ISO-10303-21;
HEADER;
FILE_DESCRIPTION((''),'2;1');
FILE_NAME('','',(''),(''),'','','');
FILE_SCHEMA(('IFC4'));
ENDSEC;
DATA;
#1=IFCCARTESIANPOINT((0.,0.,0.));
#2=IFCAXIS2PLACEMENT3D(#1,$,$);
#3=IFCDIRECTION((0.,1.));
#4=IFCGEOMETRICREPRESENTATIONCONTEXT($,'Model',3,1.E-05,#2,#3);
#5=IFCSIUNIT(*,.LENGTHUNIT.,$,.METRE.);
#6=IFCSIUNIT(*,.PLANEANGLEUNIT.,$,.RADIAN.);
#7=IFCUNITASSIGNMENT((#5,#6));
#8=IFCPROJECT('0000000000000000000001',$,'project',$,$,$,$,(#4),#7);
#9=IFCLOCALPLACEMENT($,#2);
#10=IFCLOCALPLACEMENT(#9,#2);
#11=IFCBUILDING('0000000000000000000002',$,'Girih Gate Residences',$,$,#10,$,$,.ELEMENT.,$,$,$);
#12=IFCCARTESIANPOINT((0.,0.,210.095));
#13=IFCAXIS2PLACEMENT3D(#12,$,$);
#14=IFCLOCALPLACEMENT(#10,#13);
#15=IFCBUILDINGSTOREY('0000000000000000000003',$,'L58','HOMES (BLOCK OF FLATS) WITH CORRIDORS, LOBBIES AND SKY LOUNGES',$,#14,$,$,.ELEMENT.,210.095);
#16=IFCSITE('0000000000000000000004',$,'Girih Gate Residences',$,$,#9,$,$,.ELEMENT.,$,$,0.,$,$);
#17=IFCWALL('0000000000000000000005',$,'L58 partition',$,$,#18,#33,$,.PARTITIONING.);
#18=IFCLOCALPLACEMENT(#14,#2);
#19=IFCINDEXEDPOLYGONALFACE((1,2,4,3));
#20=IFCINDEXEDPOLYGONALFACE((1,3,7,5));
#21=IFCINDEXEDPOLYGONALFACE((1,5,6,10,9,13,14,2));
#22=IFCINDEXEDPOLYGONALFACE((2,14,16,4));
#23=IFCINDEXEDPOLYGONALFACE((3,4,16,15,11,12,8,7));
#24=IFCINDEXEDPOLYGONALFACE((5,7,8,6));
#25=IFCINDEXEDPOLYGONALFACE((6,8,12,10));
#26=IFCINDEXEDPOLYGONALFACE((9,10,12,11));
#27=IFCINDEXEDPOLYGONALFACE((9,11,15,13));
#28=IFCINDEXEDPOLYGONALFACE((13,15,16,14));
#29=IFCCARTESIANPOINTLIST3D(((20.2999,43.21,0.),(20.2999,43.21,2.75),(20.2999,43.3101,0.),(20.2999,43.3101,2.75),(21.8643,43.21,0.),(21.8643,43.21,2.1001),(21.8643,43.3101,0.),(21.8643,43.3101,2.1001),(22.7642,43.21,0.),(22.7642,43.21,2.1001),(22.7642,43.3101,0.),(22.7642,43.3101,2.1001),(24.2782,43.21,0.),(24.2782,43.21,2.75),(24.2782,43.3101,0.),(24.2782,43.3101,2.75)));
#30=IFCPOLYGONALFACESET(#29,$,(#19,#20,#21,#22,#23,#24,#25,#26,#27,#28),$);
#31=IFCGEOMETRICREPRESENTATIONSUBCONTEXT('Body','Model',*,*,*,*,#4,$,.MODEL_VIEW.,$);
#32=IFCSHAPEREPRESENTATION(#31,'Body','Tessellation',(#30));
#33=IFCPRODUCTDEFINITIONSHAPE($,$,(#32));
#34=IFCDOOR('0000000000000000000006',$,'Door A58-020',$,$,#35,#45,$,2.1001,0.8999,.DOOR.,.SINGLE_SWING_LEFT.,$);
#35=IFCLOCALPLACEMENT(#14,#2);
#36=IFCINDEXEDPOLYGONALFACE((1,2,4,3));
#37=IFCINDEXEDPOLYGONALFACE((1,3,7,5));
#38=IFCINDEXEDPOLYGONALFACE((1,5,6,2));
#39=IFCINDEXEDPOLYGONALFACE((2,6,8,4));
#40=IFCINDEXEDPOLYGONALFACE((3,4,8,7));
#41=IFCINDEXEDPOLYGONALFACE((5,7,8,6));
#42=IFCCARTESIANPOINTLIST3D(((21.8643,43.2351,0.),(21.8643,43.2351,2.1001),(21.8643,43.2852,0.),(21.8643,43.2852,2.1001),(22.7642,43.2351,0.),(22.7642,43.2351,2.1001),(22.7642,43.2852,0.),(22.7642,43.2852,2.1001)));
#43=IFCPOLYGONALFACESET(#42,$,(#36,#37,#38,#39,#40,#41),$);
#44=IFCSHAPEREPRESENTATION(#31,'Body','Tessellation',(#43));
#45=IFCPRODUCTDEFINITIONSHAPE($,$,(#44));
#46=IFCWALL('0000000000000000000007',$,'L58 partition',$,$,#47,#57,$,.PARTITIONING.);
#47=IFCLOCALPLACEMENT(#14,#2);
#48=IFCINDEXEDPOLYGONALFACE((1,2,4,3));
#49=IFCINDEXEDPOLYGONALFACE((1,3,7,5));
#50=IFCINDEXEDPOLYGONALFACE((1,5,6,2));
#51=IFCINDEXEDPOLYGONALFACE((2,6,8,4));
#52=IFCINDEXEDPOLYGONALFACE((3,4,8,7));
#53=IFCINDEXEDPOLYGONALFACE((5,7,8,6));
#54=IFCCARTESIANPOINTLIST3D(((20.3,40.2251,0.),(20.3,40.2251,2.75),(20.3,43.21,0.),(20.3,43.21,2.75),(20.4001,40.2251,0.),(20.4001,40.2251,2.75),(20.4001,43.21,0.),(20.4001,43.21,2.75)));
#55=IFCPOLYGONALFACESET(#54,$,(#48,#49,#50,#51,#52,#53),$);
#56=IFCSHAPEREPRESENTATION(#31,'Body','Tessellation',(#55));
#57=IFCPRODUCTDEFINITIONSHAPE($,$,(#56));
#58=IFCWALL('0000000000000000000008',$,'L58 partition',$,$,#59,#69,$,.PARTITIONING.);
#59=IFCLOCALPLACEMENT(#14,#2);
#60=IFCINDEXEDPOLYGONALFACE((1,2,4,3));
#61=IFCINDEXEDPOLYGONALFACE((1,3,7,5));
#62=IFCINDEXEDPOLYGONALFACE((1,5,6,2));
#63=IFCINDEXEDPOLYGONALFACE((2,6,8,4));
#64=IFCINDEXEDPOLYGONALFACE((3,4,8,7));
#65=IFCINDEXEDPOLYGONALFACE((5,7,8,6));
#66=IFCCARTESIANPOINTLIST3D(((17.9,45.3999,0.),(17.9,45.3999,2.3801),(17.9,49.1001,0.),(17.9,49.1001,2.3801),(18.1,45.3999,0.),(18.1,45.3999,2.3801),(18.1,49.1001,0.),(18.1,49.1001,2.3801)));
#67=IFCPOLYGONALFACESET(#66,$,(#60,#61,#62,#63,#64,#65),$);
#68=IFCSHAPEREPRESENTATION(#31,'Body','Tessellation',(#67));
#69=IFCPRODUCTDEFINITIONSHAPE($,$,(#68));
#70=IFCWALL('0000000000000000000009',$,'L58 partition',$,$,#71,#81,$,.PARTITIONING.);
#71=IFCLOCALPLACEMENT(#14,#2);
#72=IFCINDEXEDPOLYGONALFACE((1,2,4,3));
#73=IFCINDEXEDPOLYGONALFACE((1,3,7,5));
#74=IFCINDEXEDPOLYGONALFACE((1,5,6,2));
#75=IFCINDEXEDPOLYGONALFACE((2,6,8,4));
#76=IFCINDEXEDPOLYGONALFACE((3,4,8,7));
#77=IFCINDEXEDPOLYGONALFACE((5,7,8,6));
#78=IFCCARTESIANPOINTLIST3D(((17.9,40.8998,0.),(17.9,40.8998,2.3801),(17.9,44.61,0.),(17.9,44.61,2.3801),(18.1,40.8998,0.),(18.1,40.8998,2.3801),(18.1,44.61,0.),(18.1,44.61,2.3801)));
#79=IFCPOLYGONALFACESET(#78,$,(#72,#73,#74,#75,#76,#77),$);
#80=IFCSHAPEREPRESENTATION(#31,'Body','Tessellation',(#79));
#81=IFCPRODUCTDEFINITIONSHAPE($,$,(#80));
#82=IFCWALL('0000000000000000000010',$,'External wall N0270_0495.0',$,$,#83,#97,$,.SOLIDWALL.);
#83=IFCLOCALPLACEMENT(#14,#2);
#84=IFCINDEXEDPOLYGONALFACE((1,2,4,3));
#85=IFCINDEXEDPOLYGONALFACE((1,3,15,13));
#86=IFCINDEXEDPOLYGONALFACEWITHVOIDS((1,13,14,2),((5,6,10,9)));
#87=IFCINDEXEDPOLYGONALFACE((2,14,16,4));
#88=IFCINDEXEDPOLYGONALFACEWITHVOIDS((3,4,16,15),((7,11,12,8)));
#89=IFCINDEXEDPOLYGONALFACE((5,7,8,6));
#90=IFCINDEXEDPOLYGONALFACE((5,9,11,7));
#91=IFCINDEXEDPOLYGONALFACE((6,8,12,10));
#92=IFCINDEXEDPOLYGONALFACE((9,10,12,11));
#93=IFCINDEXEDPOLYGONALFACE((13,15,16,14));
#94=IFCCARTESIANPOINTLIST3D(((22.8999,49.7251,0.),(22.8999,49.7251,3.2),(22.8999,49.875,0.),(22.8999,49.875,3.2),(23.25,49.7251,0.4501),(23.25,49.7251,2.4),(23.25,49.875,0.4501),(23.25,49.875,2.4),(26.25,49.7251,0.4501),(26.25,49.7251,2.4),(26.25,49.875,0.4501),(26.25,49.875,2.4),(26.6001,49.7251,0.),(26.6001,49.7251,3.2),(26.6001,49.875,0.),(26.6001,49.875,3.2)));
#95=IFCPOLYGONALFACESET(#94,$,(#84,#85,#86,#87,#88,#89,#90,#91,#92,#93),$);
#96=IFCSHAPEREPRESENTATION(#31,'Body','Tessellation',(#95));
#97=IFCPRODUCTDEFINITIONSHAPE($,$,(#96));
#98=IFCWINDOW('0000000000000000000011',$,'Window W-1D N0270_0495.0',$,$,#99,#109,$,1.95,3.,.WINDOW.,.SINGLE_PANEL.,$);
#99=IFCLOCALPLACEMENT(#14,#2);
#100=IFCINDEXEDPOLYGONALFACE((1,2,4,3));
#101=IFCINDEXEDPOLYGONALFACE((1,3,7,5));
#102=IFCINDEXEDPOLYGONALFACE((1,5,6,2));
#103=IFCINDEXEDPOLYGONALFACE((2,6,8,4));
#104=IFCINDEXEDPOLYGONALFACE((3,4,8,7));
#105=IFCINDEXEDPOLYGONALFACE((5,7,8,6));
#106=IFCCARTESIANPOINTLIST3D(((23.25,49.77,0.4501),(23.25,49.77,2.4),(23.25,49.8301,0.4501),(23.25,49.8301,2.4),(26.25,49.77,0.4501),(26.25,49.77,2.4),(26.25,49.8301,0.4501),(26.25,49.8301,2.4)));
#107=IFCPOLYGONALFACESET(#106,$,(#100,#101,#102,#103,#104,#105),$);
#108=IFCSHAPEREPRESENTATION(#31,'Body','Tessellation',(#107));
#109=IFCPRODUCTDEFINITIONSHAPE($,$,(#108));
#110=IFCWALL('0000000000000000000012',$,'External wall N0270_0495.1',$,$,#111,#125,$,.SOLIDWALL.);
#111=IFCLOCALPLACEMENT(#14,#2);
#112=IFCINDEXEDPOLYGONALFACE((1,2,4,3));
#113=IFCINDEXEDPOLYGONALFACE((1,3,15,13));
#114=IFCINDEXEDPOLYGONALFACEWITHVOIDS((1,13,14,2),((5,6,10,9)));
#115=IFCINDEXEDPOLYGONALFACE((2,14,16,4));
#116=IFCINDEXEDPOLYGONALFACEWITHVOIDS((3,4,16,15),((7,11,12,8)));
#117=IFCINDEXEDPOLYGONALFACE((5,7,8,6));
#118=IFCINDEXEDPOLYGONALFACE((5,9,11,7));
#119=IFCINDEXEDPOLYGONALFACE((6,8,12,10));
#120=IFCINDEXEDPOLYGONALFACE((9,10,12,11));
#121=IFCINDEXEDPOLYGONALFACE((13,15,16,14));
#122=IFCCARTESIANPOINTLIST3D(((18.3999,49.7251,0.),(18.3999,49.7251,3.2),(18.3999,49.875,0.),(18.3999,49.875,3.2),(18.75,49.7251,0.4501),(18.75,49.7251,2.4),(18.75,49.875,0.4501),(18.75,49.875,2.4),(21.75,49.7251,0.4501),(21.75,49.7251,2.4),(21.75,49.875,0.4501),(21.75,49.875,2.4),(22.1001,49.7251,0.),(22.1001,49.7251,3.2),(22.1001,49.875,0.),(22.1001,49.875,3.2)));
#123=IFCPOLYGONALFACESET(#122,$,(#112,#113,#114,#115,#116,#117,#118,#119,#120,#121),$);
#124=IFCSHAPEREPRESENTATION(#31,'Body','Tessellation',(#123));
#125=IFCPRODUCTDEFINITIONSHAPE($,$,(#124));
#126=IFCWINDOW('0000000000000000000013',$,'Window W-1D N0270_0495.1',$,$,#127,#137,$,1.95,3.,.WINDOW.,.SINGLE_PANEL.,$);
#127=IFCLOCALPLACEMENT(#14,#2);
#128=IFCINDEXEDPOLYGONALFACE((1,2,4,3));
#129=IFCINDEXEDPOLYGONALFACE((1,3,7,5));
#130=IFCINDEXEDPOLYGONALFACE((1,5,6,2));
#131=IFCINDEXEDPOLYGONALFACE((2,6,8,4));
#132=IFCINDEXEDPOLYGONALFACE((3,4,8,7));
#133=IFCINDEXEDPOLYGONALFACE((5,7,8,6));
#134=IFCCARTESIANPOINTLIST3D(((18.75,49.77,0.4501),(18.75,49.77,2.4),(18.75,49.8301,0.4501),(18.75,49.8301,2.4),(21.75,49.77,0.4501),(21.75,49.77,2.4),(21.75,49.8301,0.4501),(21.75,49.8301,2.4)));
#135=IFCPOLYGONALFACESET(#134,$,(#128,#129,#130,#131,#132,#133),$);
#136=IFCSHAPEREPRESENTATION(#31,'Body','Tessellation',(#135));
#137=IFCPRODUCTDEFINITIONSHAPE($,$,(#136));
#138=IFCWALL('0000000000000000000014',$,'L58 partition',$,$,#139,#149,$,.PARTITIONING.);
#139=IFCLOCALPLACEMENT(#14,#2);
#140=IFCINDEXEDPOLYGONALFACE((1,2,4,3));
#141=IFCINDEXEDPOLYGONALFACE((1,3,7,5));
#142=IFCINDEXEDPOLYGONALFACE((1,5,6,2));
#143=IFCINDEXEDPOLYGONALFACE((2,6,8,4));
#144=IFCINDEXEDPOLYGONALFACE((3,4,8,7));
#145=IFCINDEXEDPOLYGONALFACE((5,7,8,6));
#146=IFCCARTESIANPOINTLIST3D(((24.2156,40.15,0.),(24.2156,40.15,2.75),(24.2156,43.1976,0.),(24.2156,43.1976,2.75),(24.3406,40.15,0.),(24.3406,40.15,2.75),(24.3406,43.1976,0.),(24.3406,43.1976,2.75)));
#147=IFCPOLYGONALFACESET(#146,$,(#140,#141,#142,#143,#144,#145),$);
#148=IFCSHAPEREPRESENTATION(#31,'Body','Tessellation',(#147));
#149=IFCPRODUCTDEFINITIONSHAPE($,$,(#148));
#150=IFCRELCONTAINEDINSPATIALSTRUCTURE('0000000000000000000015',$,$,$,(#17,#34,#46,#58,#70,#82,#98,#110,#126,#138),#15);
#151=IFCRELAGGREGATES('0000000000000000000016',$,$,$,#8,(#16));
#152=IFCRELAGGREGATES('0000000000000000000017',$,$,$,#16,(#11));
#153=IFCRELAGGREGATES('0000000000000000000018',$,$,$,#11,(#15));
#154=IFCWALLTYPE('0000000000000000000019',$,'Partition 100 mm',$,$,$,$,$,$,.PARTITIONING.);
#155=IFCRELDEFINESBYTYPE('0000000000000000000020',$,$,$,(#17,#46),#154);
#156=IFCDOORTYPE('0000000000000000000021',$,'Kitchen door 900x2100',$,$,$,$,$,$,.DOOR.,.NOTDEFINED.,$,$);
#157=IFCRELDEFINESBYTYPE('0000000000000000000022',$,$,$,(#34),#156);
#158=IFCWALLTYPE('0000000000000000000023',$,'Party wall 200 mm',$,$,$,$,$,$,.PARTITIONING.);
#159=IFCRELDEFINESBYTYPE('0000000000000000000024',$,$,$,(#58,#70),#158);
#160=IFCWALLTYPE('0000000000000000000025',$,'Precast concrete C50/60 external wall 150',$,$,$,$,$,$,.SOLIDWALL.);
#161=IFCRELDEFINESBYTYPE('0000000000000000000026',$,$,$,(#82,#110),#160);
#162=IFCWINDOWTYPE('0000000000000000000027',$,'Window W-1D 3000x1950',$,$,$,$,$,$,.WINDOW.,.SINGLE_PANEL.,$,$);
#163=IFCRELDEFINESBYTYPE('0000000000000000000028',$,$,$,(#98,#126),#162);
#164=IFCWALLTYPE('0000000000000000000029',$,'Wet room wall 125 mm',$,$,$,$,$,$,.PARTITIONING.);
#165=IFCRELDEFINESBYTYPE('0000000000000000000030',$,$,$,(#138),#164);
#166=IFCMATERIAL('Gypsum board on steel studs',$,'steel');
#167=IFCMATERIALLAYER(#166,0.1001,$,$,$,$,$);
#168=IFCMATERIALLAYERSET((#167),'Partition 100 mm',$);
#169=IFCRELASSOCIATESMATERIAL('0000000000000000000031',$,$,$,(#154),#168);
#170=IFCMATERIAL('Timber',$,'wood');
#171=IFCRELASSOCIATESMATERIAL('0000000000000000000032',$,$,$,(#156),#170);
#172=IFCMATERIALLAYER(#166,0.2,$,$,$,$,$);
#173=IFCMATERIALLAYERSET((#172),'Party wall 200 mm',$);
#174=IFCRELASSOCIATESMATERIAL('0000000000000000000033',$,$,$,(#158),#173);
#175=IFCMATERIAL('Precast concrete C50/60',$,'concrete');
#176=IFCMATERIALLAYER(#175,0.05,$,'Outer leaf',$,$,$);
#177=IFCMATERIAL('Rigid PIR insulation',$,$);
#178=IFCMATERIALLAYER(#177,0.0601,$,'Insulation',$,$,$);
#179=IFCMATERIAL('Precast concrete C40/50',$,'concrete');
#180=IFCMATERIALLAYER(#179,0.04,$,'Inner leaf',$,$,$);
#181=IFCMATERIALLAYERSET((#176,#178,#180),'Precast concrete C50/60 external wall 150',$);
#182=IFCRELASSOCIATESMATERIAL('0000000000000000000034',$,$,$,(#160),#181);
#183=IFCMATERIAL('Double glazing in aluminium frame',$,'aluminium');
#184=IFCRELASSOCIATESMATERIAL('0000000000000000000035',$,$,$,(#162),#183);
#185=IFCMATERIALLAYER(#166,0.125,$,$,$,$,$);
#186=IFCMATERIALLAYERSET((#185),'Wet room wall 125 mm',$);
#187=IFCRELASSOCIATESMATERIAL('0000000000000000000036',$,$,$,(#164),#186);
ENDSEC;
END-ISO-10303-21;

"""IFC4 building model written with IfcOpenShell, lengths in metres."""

from ifc_helpers import new_model, si_unit, direction, frame, frame_2d, origin, place, context, subcontext, project, spatial, rectangle, extrude, material, layer, layer_set, type_object, element, fill, save


model = new_model("IFC4")

# Units and contexts
model_context = context("Model", 3, precision=1e-05, world=origin(), true_north=direction((0.0, 1.0)))
body_context = subcontext(model_context, "Body", "Model", "MODEL_VIEW")
ifc_project = project(units=[si_unit("LENGTHUNIT", "METRE"), si_unit("PLANEANGLEUNIT", "RADIAN")], contexts=[model_context])

# Site, building, storey
site_placement = place(None, origin())
site = spatial("IfcSite", under=ifc_project, at=site_placement, Name="Girih Gate Residences", CompositionType="ELEMENT", RefElevation=0.0)
building_placement = place(site_placement, origin())
building = spatial("IfcBuilding", under=site, at=building_placement, Name="Girih Gate Residences", CompositionType="ELEMENT")
storey_placement = place(building_placement, frame((0.0, 0.0, 210.095)))
storey = spatial("IfcBuildingStorey", under=building, at=storey_placement, Name="L58", Description="HOMES (BLOCK OF FLATS) WITH CORRIDORS, LOBBIES AND SKY LOUNGES", CompositionType="ELEMENT", Elevation=210.095)

# Shared definitions
ifc_material_1 = material(Name="Gypsum board on steel studs", Category="steel")

# Shared definitions
ifc_layer_1 = layer(ifc_material_1, 0.1001)
ifc_layer_set_1 = layer_set([ifc_layer_1], Name="Partition 100 mm")
wall_type_1 = type_object("IfcWallType", Name="Partition 100 mm", PredefinedType="PARTITIONING", material=ifc_layer_set_1)

# Wall, opening, door
ifc_material_2 = material(Name="Timber", Category="wood")
wall_1_placement = place(storey_placement, frame((24.2783, 43.26, 0.0), z_axis=(0.0, 0.0, 1.0), x_axis=(-1.0, 0.0, 0.0)))
wall_1 = element("IfcWall", 1, at=wall_1_placement, inside=storey, type_object=wall_type_1, Name="L58 partition", PredefinedType="PARTITIONING", context=body_context, shape_type="SweptSolid", body=[
    extrude(rectangle(XDim=3.9783, YDim=0.1001, at=frame_2d((1.9893, 0.0))), origin(), (0.0, 0.0, 1.0), 2.75),
])
opening_1_placement = place(wall_1_placement, frame((1.5142, 0.0, 0.0)))
opening_1 = element("IfcOpeningElement", 2, at=opening_1_placement, cuts=wall_1, PredefinedType="OPENING", context=body_context, shape_type="SweptSolid", body=[
    extrude(rectangle(XDim=0.8999, YDim=2.1001, at=frame_2d((0.45, 1.05))), frame((0.0, 0.0601, 0.0), z_axis=(0.0, -1.0, 0.0), x_axis=(1.0, 0.0, 0.0)), (0.0, 0.0, 1.0), 0.1201),
])
door_type_1 = type_object("IfcDoorType", Name="Kitchen door 900x2100", OperationType="NOTDEFINED", PredefinedType="DOOR", material=ifc_material_2)
door_1_placement = place(opening_1_placement, origin())
door_1 = element("IfcDoor", 3, at=door_1_placement, inside=storey, type_object=door_type_1, Name="Door A58-020", OperationType="SINGLE_SWING_LEFT", OverallHeight=2.1001, OverallWidth=0.8999, PredefinedType="DOOR", context=body_context, shape_type="SweptSolid", body=[
    extrude(rectangle(XDim=0.8999, YDim=2.1001, at=frame_2d((0.45, 1.05))), frame((0.0, 0.0249, 0.0), z_axis=(0.0, -1.0, 0.0), x_axis=(1.0, 0.0, 0.0)), (0.0, 0.0, 1.0), 0.05),
])
fill(opening_1, door_1)

# Walls
wall_2_placement = place(storey_placement, frame((20.3501, 40.2251, 0.0), z_axis=(0.0, 0.0, 1.0), x_axis=(0.0, 1.0, 0.0)))
element("IfcWall", 4, at=wall_2_placement, inside=storey, type_object=wall_type_1, Name="L58 partition", PredefinedType="PARTITIONING", context=body_context, shape_type="SweptSolid", body=[
    extrude(rectangle(XDim=2.9849, YDim=0.1001, at=frame_2d((1.4924, 0.0))), origin(), (0.0, 0.0, 1.0), 2.75),
])
ifc_layer_2 = layer(ifc_material_1, 0.2)
ifc_layer_set_2 = layer_set([ifc_layer_2], Name="Party wall 200 mm")
wall_type_2 = type_object("IfcWallType", Name="Party wall 200 mm", PredefinedType="PARTITIONING", material=ifc_layer_set_2)
wall_3_placement = place(storey_placement, frame((18.0, 45.3999, 0.0), z_axis=(0.0, 0.0, 1.0), x_axis=(0.0, 1.0, 0.0)))
element("IfcWall", 5, at=wall_3_placement, inside=storey, type_object=wall_type_2, Name="L58 partition", PredefinedType="PARTITIONING", context=body_context, shape_type="SweptSolid", body=[
    extrude(rectangle(XDim=3.7002, YDim=0.2, at=frame_2d((1.8501, 0.0))), origin(), (0.0, 0.0, 1.0), 2.3801),
])
wall_4_placement = place(storey_placement, frame((18.0, 40.8999, 0.0), z_axis=(0.0, 0.0, 1.0), x_axis=(0.0, 1.0, 0.0)))
element("IfcWall", 6, at=wall_4_placement, inside=storey, type_object=wall_type_2, Name="L58 partition", PredefinedType="PARTITIONING", context=body_context, shape_type="SweptSolid", body=[
    extrude(rectangle(XDim=3.7102, YDim=0.2, at=frame_2d((1.855, 0.0))), origin(), (0.0, 0.0, 1.0), 2.3801),
])

# Walls, openings, windows
ifc_material_3 = material(Name="Precast concrete C50/60", Category="concrete")
ifc_layer_3 = layer(ifc_material_3, 0.05, Name="Outer leaf")
ifc_material_4 = material(Name="Rigid PIR insulation")
ifc_layer_4 = layer(ifc_material_4, 0.0601, Name="Insulation")
ifc_material_5 = material(Name="Precast concrete C40/50", Category="concrete")
ifc_layer_5 = layer(ifc_material_5, 0.04, Name="Inner leaf")
ifc_layer_set_3 = layer_set([ifc_layer_3, ifc_layer_4, ifc_layer_5], Name="Precast concrete C50/60 external wall 150")
wall_type_3 = type_object("IfcWallType", Name="Precast concrete C50/60 external wall 150", PredefinedType="SOLIDWALL", material=ifc_layer_set_3)
wall_5_placement = place(storey_placement, frame((22.8999, 49.8, 0.0), z_axis=(0.0, 0.0, 1.0), x_axis=(1.0, 0.0, 0.0)))
wall_5 = element("IfcWall", 7, at=wall_5_placement, inside=storey, type_object=wall_type_3, Name="External wall N0270_0495.0", PredefinedType="SOLIDWALL", context=body_context, shape_type="SweptSolid", body=[
    extrude(rectangle(XDim=3.7002, YDim=0.1499, at=frame_2d((1.8501, 0.0))), origin(), (0.0, 0.0, 1.0), 3.2),
])
opening_2_placement = place(wall_5_placement, frame((0.3501, 0.0, 0.45)))
opening_2 = element("IfcOpeningElement", 8, at=opening_2_placement, cuts=wall_5, PredefinedType="OPENING", context=body_context, shape_type="SweptSolid", body=[
    extrude(rectangle(XDim=3.0, YDim=1.95, at=frame_2d((1.5, 0.9751))), frame((0.0, 0.085, 0.0), z_axis=(0.0, -1.0, 0.0), x_axis=(1.0, 0.0, 0.0)), (0.0, 0.0, 1.0), 0.1699),
])
ifc_material_6 = material(Name="Double glazing in aluminium frame", Category="aluminium")
window_type = type_object("IfcWindowType", Name="Window W-1D 3000x1950", PartitioningType="SINGLE_PANEL", PredefinedType="WINDOW", material=ifc_material_6)
window_1_placement = place(opening_2_placement, origin())
window_1 = element("IfcWindow", 9, at=window_1_placement, inside=storey, type_object=window_type, Name="Window W-1D N0270_0495.0", OverallHeight=1.95, OverallWidth=3.0, PartitioningType="SINGLE_PANEL", PredefinedType="WINDOW", context=body_context, shape_type="SweptSolid", body=[
    extrude(rectangle(XDim=3.0, YDim=1.95, at=frame_2d((1.5, 0.9751))), frame((0.0, 0.03, 0.0), z_axis=(0.0, -1.0, 0.0), x_axis=(1.0, 0.0, 0.0)), (0.0, 0.0, 1.0), 0.0601),
])
fill(opening_2, window_1)
wall_6_placement = place(storey_placement, frame((18.3999, 49.8, 0.0), z_axis=(0.0, 0.0, 1.0), x_axis=(1.0, 0.0, 0.0)))
wall_6 = element("IfcWall", 10, at=wall_6_placement, inside=storey, type_object=wall_type_3, Name="External wall N0270_0495.1", PredefinedType="SOLIDWALL", context=body_context, shape_type="SweptSolid", body=[
    extrude(rectangle(XDim=3.7002, YDim=0.1499, at=frame_2d((1.8501, 0.0))), origin(), (0.0, 0.0, 1.0), 3.2),
])
opening_3_placement = place(wall_6_placement, frame((0.3501, 0.0, 0.45)))
opening_3 = element("IfcOpeningElement", 11, at=opening_3_placement, cuts=wall_6, PredefinedType="OPENING", context=body_context, shape_type="SweptSolid", body=[
    extrude(rectangle(XDim=3.0, YDim=1.95, at=frame_2d((1.5, 0.9751))), frame((0.0, 0.085, 0.0), z_axis=(0.0, -1.0, 0.0), x_axis=(1.0, 0.0, 0.0)), (0.0, 0.0, 1.0), 0.1699),
])
window_2_placement = place(opening_3_placement, origin())
window_2 = element("IfcWindow", 12, at=window_2_placement, inside=storey, type_object=window_type, Name="Window W-1D N0270_0495.1", OverallHeight=1.95, OverallWidth=3.0, PartitioningType="SINGLE_PANEL", PredefinedType="WINDOW", context=body_context, shape_type="SweptSolid", body=[
    extrude(rectangle(XDim=3.0, YDim=1.95, at=frame_2d((1.5, 0.9751))), frame((0.0, 0.03, 0.0), z_axis=(0.0, -1.0, 0.0), x_axis=(1.0, 0.0, 0.0)), (0.0, 0.0, 1.0), 0.0601),
])
fill(opening_3, window_2)

# Wall
ifc_layer_6 = layer(ifc_material_1, 0.125)
ifc_layer_set_4 = layer_set([ifc_layer_6], Name="Wet room wall 125 mm")
wall_type_4 = type_object("IfcWallType", Name="Wet room wall 125 mm", PredefinedType="PARTITIONING", material=ifc_layer_set_4)
wall_7_placement = place(storey_placement, frame((24.2781, 40.1499, 0.0), z_axis=(0.0, 0.0, 1.0), x_axis=(0.0, 1.0, 0.0)))
element("IfcWall", 13, at=wall_7_placement, inside=storey, type_object=wall_type_4, Name="L58 partition", PredefinedType="PARTITIONING", context=body_context, shape_type="SweptSolid", body=[
    extrude(rectangle(XDim=3.0476, YDim=0.125, at=frame_2d((1.5239, 0.0))), origin(), (0.0, 0.0, 1.0), 2.75),
])

save(model, "model.ifc")
